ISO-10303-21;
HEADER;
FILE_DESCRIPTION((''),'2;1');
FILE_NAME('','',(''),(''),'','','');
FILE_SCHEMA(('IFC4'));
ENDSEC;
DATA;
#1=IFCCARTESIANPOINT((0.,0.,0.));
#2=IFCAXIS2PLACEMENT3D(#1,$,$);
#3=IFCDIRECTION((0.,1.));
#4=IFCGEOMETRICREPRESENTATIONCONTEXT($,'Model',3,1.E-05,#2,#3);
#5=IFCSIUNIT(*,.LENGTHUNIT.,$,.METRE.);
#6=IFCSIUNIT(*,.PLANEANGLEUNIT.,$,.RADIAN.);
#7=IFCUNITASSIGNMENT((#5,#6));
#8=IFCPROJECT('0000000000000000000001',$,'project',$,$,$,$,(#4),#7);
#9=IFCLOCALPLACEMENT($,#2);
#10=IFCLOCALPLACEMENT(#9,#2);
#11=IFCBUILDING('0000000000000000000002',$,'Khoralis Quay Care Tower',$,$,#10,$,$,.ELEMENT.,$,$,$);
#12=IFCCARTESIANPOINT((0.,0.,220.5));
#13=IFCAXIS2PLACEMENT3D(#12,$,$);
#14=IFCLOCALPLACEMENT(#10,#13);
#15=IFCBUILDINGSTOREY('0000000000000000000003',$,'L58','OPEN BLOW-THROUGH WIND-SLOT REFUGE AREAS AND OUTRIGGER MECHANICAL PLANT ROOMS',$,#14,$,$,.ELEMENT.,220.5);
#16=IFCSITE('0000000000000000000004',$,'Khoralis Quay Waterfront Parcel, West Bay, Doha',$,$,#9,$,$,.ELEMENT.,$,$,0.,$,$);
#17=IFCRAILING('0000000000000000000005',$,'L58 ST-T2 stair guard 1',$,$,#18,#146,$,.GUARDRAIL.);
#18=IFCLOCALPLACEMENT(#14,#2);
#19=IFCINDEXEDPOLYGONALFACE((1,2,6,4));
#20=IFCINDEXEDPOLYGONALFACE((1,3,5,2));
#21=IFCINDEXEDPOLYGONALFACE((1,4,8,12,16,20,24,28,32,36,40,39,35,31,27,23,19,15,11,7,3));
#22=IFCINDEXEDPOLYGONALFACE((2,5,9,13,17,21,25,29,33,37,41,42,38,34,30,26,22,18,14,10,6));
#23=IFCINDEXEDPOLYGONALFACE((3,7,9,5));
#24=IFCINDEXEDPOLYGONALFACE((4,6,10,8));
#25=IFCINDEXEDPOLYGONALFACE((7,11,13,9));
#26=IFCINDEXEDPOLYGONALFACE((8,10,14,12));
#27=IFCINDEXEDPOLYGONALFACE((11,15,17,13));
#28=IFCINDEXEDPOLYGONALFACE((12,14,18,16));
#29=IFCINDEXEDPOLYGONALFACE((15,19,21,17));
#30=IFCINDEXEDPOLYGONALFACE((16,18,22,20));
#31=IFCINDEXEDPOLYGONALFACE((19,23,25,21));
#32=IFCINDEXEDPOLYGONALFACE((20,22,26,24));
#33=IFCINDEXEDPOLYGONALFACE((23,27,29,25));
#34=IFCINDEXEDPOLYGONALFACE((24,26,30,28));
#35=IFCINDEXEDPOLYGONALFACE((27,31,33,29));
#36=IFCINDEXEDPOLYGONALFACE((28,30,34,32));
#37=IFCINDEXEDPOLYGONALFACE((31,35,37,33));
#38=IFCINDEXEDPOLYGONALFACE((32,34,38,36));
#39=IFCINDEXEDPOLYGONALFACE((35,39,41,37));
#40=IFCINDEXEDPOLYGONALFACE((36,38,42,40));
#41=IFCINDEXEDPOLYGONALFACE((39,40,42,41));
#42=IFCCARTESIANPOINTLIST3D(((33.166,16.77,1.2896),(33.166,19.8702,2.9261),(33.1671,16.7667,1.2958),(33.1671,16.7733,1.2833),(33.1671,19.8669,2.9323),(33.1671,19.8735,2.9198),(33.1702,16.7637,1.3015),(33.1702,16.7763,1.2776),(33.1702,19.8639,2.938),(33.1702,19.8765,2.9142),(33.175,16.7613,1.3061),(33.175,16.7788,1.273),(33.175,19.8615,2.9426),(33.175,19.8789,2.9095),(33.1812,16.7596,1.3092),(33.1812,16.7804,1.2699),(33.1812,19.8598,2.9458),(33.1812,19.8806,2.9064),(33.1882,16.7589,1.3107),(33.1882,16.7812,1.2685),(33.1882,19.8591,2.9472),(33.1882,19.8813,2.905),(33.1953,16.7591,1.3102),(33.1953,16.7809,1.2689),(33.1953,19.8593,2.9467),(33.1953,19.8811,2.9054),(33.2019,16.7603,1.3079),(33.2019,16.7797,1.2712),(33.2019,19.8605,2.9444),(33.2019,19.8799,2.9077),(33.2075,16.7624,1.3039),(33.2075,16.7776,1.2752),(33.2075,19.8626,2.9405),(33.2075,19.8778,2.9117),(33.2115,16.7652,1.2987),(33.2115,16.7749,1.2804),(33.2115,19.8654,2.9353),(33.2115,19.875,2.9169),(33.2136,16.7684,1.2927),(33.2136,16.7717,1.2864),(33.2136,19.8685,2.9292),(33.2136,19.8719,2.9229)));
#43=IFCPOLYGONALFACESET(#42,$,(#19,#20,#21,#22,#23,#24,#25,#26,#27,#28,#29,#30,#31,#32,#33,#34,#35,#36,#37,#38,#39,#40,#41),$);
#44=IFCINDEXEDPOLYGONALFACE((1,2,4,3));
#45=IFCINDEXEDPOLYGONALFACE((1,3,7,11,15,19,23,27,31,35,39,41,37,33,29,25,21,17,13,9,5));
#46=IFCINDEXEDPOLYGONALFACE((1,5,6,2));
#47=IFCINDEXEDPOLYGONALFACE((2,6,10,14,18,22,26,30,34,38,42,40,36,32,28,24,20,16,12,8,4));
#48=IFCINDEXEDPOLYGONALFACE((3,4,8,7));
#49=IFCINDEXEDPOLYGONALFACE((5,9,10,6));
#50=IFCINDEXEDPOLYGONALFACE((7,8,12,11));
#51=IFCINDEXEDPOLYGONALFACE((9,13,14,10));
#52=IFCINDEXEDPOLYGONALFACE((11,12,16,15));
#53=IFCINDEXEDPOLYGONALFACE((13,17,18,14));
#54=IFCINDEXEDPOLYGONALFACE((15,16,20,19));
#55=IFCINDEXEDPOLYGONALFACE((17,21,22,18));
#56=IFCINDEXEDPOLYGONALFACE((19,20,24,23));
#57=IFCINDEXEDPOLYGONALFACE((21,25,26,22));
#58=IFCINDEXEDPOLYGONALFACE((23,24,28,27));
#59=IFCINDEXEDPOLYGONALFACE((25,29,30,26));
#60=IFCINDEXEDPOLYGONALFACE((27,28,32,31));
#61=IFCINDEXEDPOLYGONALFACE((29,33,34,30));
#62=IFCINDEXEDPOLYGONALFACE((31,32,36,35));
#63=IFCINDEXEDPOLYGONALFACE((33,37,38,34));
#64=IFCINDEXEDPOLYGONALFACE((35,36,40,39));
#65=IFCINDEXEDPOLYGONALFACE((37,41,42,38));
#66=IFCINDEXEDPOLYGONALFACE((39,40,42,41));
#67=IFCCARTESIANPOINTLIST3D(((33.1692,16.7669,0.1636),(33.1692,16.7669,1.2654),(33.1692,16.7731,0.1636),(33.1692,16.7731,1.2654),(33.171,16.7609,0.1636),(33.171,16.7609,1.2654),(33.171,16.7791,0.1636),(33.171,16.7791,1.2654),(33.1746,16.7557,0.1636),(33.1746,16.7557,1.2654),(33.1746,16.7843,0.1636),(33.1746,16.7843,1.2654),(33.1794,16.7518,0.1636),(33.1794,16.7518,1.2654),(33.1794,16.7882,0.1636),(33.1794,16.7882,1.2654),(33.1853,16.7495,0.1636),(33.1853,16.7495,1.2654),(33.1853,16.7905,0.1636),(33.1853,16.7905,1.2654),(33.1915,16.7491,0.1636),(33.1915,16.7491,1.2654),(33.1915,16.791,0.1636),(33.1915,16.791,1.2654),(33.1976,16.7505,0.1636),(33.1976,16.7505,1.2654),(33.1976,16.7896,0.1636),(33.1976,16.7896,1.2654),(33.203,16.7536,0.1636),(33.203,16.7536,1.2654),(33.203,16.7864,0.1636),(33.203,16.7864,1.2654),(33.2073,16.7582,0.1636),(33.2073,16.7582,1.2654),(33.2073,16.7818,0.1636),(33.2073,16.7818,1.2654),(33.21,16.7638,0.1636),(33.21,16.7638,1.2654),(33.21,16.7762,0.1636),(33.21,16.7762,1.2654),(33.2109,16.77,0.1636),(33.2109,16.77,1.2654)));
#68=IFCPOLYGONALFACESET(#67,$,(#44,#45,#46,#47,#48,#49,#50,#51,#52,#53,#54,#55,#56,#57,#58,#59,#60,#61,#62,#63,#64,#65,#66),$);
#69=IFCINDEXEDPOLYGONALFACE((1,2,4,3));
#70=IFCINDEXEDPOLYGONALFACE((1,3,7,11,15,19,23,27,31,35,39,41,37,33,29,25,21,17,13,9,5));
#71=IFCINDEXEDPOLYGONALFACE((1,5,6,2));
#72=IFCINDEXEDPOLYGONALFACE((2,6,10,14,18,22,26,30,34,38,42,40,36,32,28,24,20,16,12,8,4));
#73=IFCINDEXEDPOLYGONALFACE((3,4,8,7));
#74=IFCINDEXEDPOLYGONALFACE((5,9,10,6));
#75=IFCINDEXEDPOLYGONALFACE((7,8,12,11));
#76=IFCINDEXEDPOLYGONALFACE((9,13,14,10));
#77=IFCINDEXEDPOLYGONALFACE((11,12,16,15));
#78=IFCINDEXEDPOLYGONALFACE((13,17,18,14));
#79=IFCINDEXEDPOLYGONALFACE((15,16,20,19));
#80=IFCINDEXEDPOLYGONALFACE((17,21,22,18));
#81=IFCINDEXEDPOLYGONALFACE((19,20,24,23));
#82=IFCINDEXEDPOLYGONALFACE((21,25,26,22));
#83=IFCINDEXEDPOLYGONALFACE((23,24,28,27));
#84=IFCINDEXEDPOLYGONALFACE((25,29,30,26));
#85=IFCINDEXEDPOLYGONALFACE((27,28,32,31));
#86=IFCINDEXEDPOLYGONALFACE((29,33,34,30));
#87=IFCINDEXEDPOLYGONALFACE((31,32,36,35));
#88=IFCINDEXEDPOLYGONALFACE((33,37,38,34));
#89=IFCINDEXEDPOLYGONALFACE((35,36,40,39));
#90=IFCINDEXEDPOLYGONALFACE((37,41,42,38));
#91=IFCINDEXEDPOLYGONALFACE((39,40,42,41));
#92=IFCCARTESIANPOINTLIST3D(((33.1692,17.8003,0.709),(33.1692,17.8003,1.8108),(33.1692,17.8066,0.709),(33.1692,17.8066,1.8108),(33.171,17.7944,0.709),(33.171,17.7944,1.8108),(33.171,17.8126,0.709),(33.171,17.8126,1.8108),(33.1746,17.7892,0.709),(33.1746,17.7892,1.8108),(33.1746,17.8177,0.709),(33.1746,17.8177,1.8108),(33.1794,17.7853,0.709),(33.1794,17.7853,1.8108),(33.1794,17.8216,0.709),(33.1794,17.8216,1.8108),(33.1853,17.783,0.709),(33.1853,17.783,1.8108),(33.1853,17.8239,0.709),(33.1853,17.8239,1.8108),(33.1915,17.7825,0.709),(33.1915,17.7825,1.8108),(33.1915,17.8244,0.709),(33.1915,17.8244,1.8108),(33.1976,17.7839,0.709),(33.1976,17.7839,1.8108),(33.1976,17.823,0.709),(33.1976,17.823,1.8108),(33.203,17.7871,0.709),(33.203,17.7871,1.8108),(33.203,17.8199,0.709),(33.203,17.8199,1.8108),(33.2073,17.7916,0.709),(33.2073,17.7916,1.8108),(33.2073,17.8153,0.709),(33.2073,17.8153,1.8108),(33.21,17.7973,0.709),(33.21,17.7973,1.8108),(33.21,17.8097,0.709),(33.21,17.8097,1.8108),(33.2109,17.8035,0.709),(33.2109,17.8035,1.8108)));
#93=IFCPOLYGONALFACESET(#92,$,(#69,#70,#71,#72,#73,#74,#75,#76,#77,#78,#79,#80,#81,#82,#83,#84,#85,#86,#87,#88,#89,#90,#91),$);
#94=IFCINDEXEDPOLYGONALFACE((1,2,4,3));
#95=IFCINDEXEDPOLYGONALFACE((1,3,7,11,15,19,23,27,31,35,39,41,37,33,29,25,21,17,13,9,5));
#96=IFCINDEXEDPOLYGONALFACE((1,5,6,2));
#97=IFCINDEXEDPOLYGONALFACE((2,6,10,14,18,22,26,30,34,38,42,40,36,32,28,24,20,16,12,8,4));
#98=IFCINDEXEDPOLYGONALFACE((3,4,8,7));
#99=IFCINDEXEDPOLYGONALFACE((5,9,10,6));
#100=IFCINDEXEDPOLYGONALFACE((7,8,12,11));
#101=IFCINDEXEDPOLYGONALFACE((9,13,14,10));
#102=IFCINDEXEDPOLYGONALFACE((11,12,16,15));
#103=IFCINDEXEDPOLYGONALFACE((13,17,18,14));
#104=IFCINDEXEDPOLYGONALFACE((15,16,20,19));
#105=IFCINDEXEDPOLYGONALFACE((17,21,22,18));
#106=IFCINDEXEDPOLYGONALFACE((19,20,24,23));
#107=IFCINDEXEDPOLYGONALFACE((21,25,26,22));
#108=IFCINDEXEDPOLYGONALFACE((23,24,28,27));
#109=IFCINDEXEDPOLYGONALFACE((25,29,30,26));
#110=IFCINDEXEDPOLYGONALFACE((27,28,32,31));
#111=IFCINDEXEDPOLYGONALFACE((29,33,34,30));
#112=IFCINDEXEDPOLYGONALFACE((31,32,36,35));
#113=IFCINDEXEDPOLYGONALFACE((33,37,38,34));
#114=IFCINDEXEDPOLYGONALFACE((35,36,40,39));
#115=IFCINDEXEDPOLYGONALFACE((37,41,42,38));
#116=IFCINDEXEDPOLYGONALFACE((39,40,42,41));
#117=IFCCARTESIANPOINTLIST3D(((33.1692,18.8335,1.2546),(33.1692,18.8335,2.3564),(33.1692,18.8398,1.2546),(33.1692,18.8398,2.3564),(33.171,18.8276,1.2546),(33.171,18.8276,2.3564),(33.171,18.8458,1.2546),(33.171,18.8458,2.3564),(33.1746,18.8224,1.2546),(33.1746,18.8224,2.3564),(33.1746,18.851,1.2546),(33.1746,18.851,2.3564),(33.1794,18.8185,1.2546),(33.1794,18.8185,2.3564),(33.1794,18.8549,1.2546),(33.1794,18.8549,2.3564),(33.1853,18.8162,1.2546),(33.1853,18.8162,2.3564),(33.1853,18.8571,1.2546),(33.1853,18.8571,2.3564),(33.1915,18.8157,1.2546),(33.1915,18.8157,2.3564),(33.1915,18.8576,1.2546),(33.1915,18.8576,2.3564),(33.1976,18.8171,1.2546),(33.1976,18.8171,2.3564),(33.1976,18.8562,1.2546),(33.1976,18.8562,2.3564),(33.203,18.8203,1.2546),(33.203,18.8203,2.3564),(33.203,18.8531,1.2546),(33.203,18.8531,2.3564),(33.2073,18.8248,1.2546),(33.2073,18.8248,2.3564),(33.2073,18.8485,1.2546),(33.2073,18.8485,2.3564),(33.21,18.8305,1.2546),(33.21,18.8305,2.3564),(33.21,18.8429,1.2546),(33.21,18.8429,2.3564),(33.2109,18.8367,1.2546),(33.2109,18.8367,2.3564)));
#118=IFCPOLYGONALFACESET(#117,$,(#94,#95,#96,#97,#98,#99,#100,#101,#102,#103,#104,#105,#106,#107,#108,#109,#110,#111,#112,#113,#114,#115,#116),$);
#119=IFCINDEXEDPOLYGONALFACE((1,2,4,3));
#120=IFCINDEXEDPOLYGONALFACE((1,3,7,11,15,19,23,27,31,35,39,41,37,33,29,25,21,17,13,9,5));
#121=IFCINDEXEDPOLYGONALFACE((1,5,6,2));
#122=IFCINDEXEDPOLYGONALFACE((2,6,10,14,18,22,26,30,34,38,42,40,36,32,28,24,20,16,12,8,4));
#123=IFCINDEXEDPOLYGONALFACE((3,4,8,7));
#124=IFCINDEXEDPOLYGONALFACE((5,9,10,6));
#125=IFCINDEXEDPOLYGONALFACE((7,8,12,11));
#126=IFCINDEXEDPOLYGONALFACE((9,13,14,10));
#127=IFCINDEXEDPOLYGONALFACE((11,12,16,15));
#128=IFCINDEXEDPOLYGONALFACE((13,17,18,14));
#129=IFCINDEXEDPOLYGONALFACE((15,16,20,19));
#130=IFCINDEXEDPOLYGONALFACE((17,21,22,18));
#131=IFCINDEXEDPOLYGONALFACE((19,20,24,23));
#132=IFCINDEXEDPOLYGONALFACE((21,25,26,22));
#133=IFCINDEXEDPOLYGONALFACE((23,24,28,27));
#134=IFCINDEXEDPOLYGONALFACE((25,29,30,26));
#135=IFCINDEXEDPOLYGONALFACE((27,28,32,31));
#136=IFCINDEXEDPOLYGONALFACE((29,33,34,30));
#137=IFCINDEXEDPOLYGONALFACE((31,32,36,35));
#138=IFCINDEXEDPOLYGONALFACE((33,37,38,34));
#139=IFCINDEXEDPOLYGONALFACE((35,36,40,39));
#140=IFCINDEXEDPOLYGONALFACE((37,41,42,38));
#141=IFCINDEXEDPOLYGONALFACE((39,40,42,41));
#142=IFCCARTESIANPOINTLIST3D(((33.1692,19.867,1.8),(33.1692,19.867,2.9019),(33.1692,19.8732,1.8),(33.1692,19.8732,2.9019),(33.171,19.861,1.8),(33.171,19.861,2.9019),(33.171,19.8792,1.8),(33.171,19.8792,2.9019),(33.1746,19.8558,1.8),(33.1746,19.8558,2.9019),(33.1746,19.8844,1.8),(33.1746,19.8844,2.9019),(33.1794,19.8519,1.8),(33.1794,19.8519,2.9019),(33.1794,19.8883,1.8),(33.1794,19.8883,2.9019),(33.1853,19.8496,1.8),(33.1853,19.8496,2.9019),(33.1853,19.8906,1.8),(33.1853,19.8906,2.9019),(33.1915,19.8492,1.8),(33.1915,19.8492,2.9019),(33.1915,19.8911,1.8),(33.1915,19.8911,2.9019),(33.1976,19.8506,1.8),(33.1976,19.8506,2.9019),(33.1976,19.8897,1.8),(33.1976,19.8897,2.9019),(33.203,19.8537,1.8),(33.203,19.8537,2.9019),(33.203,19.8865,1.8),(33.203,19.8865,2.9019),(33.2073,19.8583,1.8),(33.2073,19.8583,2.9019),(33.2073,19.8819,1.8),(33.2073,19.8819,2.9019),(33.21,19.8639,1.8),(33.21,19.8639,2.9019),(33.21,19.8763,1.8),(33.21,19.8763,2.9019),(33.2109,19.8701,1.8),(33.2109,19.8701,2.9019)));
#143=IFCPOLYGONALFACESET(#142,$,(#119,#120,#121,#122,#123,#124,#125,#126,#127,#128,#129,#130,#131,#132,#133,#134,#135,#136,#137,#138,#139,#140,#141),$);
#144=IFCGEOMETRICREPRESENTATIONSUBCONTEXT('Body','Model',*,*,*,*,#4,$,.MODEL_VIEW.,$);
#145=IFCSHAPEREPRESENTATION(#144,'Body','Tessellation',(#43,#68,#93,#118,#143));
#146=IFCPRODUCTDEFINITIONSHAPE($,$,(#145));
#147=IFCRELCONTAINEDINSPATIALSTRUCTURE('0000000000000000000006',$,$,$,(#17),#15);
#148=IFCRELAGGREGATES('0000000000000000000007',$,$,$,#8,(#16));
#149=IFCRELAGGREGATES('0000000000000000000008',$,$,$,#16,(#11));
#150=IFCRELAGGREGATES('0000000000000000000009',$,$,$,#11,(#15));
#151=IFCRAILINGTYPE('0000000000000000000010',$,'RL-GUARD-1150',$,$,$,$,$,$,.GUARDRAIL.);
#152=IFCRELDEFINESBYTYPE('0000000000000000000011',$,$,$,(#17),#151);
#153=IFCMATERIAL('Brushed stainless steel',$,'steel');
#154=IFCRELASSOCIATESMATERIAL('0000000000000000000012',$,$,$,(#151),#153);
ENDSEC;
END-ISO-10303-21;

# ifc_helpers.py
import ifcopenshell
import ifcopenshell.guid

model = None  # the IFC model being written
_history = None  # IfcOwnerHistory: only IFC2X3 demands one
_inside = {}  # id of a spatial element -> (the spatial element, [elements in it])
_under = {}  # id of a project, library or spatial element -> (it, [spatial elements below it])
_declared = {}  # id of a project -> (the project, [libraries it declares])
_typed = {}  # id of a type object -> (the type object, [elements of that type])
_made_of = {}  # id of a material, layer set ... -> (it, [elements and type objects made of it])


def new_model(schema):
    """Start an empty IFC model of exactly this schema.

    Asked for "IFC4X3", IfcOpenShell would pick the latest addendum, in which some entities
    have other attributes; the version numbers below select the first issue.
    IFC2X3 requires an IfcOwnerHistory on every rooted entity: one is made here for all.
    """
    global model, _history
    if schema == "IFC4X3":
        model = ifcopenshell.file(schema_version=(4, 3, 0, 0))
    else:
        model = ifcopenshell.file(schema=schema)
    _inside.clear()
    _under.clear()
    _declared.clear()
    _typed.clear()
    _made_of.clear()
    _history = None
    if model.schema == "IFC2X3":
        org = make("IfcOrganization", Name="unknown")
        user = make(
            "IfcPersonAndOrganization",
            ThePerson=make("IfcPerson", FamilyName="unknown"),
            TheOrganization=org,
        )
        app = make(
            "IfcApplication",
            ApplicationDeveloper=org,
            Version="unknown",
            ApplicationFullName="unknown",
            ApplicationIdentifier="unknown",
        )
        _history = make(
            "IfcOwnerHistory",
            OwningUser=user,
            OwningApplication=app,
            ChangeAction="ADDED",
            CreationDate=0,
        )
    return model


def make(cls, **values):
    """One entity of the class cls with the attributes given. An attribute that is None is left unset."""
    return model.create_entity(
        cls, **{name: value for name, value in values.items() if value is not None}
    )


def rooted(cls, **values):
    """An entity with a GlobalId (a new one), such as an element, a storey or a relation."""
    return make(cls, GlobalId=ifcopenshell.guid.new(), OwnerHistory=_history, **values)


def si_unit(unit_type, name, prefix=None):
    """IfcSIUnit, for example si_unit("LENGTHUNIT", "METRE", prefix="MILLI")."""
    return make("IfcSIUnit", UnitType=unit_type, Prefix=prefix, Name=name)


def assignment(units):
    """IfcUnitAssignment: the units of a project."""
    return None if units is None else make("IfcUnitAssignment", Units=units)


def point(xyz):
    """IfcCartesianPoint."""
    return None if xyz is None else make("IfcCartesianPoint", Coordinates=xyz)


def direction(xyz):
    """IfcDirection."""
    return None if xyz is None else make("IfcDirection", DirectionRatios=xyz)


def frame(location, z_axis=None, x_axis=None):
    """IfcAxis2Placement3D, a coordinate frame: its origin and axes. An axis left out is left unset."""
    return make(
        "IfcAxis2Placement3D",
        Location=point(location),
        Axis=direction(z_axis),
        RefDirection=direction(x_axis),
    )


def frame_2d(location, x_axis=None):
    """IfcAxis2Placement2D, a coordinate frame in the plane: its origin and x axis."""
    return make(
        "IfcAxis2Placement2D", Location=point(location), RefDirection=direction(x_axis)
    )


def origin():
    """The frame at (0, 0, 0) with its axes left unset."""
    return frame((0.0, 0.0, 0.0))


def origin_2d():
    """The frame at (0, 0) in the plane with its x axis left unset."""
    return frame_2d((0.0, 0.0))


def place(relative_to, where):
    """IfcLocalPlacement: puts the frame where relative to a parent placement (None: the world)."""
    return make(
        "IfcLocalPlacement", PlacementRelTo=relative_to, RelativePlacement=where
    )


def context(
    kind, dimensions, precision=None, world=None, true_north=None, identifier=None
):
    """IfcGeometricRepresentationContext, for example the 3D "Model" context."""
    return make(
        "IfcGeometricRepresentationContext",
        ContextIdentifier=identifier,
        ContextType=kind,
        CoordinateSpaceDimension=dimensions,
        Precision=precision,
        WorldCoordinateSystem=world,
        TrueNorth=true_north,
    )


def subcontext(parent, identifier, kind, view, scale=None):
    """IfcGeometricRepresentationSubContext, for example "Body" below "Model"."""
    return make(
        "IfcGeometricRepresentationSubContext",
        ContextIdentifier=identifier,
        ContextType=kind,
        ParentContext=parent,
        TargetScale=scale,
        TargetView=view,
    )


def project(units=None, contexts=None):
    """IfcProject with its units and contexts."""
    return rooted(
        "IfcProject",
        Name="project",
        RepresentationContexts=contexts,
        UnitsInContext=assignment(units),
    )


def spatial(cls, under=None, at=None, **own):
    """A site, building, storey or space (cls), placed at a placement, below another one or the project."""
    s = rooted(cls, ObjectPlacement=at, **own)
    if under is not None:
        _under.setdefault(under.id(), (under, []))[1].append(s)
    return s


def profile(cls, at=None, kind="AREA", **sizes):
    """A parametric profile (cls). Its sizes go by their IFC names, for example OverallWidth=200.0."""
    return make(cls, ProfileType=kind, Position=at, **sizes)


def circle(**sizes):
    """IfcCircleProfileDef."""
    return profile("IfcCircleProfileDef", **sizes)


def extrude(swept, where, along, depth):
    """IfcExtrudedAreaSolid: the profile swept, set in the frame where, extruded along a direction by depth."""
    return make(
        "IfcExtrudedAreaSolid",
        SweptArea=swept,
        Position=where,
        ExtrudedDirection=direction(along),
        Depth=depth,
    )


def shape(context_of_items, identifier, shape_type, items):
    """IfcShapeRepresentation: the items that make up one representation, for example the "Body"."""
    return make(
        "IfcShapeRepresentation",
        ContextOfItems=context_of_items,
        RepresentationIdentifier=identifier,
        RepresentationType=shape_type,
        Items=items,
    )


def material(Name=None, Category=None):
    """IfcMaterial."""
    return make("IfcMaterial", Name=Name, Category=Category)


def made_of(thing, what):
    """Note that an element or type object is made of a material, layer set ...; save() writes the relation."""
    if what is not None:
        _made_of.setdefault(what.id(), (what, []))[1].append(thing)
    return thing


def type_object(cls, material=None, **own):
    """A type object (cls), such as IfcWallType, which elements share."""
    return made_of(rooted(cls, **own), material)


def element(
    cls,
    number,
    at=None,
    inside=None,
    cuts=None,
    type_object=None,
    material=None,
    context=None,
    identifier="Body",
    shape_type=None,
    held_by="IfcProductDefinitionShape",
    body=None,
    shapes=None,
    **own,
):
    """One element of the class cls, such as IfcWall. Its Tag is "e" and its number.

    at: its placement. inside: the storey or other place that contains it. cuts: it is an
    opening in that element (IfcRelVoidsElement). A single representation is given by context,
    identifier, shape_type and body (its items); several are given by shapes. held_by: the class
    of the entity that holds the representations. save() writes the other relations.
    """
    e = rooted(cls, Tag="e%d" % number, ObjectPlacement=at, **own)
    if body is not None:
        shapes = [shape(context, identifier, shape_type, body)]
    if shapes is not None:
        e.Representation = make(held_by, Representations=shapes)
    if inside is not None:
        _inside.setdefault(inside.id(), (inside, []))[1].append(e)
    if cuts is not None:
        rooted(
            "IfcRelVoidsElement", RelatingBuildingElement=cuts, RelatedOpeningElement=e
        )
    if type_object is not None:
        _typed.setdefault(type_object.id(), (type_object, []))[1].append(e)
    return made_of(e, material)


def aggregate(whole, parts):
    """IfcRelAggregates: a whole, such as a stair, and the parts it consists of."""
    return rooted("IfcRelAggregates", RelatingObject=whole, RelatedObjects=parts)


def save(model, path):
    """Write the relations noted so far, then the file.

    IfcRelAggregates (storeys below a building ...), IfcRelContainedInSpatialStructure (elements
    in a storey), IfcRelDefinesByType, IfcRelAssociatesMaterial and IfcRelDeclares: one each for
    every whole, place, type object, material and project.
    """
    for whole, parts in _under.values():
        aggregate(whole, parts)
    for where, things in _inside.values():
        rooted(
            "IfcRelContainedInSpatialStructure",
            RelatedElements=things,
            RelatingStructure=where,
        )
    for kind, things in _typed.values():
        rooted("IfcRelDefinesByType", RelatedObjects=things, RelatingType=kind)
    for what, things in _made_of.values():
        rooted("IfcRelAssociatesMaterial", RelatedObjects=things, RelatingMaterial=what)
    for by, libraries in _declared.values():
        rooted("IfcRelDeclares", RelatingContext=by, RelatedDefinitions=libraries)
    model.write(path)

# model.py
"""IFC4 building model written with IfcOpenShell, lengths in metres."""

from ifc_helpers import new_model, si_unit, direction, frame, origin, origin_2d, place, context, subcontext, project, spatial, circle, extrude, material, type_object, element, save


model = new_model("IFC4")

# Units and contexts
model_context = context("Model", 3, precision=1e-05, world=origin(), true_north=direction((0.0, 1.0)))
body_context = subcontext(model_context, "Body", "Model", "MODEL_VIEW")
ifc_project = project(units=[si_unit("LENGTHUNIT", "METRE"), si_unit("PLANEANGLEUNIT", "RADIAN")], contexts=[model_context])

# Site, building, storey
site_placement = place(None, origin())
site = spatial("IfcSite", under=ifc_project, at=site_placement, Name="Khoralis Quay Waterfront Parcel, West Bay, Doha", CompositionType="ELEMENT", RefElevation=0.0)
building_placement = place(site_placement, origin())
building = spatial("IfcBuilding", under=site, at=building_placement, Name="Khoralis Quay Care Tower", CompositionType="ELEMENT")
storey_placement = place(building_placement, frame((0.0, 0.0, 220.5)))
storey = spatial("IfcBuildingStorey", under=building, at=storey_placement, Name="L58", Description="OPEN BLOW-THROUGH WIND-SLOT REFUGE AREAS AND OUTRIGGER MECHANICAL PLANT ROOMS", CompositionType="ELEMENT", Elevation=220.5)

# Railing
ifc_material_1 = material(Name="Brushed stainless steel", Category="steel")
railing_type_1 = type_object("IfcRailingType", Name="RL-GUARD-1150", PredefinedType="GUARDRAIL", material=ifc_material_1)
railing_1_placement = place(storey_placement, frame((33.1899, 16.77, 0.1636)))
element("IfcRailing", 1, at=railing_1_placement, inside=storey, type_object=railing_type_1, Name="L58 ST-T2 stair guard 1", PredefinedType="GUARDRAIL", context=body_context, shape_type="SweptSolid", body=[
    extrude(circle(Radius=0.0239, at=origin_2d()), frame((0.0, 0.0, 1.126), z_axis=(0.0, 0.884348, 0.466828), x_axis=(-1.0, 0.0, 0.0)), (0.0, 0.0, 1.0), 3.5056),
    extrude(circle(Radius=0.021, at=origin_2d()), origin(), (0.0, 0.0, 1.0), 1.1018),
    extrude(circle(Radius=0.021, at=origin_2d()), frame((0.0, 1.0334, 0.5454)), (0.0, 0.0, 1.0), 1.1018),
    extrude(circle(Radius=0.021, at=origin_2d()), frame((0.0, 2.0667, 1.0911)), (0.0, 0.0, 1.0), 1.1018),
    extrude(circle(Radius=0.021, at=origin_2d()), frame((0.0, 3.1001, 1.6365)), (0.0, 0.0, 1.0), 1.1018),
])

save(model, "model.ifc")
